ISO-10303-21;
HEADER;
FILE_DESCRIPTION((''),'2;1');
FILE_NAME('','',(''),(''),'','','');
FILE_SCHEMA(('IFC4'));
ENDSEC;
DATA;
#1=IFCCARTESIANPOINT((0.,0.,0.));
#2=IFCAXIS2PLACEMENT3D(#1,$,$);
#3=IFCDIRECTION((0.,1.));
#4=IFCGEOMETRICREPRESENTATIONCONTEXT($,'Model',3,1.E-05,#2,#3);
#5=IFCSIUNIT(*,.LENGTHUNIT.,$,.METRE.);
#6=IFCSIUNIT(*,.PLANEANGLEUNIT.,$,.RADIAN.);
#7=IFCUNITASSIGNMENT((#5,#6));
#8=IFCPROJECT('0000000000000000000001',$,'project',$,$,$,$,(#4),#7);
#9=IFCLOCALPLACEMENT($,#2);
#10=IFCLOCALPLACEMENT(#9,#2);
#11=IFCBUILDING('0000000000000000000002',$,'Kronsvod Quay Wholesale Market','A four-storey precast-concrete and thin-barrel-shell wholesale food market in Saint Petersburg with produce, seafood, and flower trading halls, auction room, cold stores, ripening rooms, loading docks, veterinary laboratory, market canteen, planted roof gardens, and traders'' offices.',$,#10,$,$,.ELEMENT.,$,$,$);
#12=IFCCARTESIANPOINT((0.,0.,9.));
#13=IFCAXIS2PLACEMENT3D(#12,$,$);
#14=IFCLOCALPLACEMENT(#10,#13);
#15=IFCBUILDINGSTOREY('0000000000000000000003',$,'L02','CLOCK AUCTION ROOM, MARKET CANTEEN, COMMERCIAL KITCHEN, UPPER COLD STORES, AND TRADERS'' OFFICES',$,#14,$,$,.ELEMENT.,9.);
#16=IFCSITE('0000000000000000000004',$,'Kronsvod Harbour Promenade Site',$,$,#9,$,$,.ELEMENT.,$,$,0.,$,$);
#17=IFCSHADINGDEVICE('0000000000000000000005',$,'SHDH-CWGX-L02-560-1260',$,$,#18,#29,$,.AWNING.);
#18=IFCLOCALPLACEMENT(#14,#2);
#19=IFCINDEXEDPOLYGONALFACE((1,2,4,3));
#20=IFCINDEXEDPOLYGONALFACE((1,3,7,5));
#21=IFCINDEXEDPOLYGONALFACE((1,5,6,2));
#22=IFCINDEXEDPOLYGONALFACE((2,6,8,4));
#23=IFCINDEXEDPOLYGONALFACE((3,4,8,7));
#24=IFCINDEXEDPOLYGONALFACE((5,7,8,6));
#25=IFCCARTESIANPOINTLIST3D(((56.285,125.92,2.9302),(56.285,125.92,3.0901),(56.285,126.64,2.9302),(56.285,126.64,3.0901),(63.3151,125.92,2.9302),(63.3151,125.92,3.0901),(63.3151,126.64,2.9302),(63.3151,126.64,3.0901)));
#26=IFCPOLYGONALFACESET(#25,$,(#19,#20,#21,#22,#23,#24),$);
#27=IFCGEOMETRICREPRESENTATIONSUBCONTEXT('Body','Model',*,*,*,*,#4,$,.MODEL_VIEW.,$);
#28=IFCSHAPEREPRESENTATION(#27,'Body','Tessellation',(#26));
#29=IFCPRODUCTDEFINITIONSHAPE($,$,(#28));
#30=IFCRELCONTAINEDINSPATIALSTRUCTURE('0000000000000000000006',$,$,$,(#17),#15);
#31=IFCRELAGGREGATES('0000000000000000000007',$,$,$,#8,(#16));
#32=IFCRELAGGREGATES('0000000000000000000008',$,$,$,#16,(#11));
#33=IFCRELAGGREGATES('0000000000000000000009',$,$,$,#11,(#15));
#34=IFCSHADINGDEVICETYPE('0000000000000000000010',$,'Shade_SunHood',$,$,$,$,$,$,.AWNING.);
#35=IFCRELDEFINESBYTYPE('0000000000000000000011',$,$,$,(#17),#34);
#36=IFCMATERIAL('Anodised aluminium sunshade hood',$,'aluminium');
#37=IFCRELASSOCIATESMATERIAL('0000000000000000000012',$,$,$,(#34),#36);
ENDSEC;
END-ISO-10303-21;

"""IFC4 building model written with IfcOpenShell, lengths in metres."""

from ifc_helpers import new_model, si_unit, direction, frame, origin, origin_2d, place, context, subcontext, project, spatial, rectangle, extrude, material, type_object, element, save


model = new_model("IFC4")

# Units and contexts
model_context = context("Model", 3, precision=1e-05, world=origin(), true_north=direction((0.0, 1.0)))
body_context = subcontext(model_context, "Body", "Model", "MODEL_VIEW")
ifc_project = project(units=[si_unit("LENGTHUNIT", "METRE"), si_unit("PLANEANGLEUNIT", "RADIAN")], contexts=[model_context])

# Site, building, storey
site_placement = place(None, origin())
site = spatial("IfcSite", under=ifc_project, at=site_placement, Name="Kronsvod Harbour Promenade Site", CompositionType="ELEMENT", RefElevation=0.0)
building_placement = place(site_placement, origin())
building = spatial("IfcBuilding", under=site, at=building_placement, Name="Kronsvod Quay Wholesale Market", Description="A four-storey precast-concrete and thin-barrel-shell wholesale food market in Saint Petersburg with produce, seafood, and flower trading halls, auction room, cold stores, ripening rooms, loading docks, veterinary laboratory, market canteen, planted roof gardens, and traders' offices.", CompositionType="ELEMENT")
storey_placement = place(building_placement, frame((0.0, 0.0, 9.0)))
storey = spatial("IfcBuildingStorey", under=building, at=storey_placement, Name="L02", Description="CLOCK AUCTION ROOM, MARKET CANTEEN, COMMERCIAL KITCHEN, UPPER COLD STORES, AND TRADERS' OFFICES", CompositionType="ELEMENT", Elevation=9.0)

# Shading device
ifc_material_1 = material(Name="Anodised aluminium sunshade hood", Category="aluminium")
shading_device_type_1 = type_object("IfcShadingDeviceType", Name="Shade_SunHood", PredefinedType="AWNING", material=ifc_material_1)
shading_device_1_placement = place(storey_placement, frame((59.8, 126.28, 2.9302), z_axis=(0.0, 0.0, 1.0), x_axis=(1.0, 0.0, 0.0)))
element("IfcShadingDevice", 1, at=shading_device_1_placement, inside=storey, type_object=shading_device_type_1, Name="SHDH-CWGX-L02-560-1260", PredefinedType="AWNING", context=body_context, shape_type="SweptSolid", body=[
    extrude(rectangle(XDim=7.03, YDim=0.72, at=origin_2d()), origin(), (0.0, 0.0, 1.0), 0.1599),
])

save(model, "model.ifc")
